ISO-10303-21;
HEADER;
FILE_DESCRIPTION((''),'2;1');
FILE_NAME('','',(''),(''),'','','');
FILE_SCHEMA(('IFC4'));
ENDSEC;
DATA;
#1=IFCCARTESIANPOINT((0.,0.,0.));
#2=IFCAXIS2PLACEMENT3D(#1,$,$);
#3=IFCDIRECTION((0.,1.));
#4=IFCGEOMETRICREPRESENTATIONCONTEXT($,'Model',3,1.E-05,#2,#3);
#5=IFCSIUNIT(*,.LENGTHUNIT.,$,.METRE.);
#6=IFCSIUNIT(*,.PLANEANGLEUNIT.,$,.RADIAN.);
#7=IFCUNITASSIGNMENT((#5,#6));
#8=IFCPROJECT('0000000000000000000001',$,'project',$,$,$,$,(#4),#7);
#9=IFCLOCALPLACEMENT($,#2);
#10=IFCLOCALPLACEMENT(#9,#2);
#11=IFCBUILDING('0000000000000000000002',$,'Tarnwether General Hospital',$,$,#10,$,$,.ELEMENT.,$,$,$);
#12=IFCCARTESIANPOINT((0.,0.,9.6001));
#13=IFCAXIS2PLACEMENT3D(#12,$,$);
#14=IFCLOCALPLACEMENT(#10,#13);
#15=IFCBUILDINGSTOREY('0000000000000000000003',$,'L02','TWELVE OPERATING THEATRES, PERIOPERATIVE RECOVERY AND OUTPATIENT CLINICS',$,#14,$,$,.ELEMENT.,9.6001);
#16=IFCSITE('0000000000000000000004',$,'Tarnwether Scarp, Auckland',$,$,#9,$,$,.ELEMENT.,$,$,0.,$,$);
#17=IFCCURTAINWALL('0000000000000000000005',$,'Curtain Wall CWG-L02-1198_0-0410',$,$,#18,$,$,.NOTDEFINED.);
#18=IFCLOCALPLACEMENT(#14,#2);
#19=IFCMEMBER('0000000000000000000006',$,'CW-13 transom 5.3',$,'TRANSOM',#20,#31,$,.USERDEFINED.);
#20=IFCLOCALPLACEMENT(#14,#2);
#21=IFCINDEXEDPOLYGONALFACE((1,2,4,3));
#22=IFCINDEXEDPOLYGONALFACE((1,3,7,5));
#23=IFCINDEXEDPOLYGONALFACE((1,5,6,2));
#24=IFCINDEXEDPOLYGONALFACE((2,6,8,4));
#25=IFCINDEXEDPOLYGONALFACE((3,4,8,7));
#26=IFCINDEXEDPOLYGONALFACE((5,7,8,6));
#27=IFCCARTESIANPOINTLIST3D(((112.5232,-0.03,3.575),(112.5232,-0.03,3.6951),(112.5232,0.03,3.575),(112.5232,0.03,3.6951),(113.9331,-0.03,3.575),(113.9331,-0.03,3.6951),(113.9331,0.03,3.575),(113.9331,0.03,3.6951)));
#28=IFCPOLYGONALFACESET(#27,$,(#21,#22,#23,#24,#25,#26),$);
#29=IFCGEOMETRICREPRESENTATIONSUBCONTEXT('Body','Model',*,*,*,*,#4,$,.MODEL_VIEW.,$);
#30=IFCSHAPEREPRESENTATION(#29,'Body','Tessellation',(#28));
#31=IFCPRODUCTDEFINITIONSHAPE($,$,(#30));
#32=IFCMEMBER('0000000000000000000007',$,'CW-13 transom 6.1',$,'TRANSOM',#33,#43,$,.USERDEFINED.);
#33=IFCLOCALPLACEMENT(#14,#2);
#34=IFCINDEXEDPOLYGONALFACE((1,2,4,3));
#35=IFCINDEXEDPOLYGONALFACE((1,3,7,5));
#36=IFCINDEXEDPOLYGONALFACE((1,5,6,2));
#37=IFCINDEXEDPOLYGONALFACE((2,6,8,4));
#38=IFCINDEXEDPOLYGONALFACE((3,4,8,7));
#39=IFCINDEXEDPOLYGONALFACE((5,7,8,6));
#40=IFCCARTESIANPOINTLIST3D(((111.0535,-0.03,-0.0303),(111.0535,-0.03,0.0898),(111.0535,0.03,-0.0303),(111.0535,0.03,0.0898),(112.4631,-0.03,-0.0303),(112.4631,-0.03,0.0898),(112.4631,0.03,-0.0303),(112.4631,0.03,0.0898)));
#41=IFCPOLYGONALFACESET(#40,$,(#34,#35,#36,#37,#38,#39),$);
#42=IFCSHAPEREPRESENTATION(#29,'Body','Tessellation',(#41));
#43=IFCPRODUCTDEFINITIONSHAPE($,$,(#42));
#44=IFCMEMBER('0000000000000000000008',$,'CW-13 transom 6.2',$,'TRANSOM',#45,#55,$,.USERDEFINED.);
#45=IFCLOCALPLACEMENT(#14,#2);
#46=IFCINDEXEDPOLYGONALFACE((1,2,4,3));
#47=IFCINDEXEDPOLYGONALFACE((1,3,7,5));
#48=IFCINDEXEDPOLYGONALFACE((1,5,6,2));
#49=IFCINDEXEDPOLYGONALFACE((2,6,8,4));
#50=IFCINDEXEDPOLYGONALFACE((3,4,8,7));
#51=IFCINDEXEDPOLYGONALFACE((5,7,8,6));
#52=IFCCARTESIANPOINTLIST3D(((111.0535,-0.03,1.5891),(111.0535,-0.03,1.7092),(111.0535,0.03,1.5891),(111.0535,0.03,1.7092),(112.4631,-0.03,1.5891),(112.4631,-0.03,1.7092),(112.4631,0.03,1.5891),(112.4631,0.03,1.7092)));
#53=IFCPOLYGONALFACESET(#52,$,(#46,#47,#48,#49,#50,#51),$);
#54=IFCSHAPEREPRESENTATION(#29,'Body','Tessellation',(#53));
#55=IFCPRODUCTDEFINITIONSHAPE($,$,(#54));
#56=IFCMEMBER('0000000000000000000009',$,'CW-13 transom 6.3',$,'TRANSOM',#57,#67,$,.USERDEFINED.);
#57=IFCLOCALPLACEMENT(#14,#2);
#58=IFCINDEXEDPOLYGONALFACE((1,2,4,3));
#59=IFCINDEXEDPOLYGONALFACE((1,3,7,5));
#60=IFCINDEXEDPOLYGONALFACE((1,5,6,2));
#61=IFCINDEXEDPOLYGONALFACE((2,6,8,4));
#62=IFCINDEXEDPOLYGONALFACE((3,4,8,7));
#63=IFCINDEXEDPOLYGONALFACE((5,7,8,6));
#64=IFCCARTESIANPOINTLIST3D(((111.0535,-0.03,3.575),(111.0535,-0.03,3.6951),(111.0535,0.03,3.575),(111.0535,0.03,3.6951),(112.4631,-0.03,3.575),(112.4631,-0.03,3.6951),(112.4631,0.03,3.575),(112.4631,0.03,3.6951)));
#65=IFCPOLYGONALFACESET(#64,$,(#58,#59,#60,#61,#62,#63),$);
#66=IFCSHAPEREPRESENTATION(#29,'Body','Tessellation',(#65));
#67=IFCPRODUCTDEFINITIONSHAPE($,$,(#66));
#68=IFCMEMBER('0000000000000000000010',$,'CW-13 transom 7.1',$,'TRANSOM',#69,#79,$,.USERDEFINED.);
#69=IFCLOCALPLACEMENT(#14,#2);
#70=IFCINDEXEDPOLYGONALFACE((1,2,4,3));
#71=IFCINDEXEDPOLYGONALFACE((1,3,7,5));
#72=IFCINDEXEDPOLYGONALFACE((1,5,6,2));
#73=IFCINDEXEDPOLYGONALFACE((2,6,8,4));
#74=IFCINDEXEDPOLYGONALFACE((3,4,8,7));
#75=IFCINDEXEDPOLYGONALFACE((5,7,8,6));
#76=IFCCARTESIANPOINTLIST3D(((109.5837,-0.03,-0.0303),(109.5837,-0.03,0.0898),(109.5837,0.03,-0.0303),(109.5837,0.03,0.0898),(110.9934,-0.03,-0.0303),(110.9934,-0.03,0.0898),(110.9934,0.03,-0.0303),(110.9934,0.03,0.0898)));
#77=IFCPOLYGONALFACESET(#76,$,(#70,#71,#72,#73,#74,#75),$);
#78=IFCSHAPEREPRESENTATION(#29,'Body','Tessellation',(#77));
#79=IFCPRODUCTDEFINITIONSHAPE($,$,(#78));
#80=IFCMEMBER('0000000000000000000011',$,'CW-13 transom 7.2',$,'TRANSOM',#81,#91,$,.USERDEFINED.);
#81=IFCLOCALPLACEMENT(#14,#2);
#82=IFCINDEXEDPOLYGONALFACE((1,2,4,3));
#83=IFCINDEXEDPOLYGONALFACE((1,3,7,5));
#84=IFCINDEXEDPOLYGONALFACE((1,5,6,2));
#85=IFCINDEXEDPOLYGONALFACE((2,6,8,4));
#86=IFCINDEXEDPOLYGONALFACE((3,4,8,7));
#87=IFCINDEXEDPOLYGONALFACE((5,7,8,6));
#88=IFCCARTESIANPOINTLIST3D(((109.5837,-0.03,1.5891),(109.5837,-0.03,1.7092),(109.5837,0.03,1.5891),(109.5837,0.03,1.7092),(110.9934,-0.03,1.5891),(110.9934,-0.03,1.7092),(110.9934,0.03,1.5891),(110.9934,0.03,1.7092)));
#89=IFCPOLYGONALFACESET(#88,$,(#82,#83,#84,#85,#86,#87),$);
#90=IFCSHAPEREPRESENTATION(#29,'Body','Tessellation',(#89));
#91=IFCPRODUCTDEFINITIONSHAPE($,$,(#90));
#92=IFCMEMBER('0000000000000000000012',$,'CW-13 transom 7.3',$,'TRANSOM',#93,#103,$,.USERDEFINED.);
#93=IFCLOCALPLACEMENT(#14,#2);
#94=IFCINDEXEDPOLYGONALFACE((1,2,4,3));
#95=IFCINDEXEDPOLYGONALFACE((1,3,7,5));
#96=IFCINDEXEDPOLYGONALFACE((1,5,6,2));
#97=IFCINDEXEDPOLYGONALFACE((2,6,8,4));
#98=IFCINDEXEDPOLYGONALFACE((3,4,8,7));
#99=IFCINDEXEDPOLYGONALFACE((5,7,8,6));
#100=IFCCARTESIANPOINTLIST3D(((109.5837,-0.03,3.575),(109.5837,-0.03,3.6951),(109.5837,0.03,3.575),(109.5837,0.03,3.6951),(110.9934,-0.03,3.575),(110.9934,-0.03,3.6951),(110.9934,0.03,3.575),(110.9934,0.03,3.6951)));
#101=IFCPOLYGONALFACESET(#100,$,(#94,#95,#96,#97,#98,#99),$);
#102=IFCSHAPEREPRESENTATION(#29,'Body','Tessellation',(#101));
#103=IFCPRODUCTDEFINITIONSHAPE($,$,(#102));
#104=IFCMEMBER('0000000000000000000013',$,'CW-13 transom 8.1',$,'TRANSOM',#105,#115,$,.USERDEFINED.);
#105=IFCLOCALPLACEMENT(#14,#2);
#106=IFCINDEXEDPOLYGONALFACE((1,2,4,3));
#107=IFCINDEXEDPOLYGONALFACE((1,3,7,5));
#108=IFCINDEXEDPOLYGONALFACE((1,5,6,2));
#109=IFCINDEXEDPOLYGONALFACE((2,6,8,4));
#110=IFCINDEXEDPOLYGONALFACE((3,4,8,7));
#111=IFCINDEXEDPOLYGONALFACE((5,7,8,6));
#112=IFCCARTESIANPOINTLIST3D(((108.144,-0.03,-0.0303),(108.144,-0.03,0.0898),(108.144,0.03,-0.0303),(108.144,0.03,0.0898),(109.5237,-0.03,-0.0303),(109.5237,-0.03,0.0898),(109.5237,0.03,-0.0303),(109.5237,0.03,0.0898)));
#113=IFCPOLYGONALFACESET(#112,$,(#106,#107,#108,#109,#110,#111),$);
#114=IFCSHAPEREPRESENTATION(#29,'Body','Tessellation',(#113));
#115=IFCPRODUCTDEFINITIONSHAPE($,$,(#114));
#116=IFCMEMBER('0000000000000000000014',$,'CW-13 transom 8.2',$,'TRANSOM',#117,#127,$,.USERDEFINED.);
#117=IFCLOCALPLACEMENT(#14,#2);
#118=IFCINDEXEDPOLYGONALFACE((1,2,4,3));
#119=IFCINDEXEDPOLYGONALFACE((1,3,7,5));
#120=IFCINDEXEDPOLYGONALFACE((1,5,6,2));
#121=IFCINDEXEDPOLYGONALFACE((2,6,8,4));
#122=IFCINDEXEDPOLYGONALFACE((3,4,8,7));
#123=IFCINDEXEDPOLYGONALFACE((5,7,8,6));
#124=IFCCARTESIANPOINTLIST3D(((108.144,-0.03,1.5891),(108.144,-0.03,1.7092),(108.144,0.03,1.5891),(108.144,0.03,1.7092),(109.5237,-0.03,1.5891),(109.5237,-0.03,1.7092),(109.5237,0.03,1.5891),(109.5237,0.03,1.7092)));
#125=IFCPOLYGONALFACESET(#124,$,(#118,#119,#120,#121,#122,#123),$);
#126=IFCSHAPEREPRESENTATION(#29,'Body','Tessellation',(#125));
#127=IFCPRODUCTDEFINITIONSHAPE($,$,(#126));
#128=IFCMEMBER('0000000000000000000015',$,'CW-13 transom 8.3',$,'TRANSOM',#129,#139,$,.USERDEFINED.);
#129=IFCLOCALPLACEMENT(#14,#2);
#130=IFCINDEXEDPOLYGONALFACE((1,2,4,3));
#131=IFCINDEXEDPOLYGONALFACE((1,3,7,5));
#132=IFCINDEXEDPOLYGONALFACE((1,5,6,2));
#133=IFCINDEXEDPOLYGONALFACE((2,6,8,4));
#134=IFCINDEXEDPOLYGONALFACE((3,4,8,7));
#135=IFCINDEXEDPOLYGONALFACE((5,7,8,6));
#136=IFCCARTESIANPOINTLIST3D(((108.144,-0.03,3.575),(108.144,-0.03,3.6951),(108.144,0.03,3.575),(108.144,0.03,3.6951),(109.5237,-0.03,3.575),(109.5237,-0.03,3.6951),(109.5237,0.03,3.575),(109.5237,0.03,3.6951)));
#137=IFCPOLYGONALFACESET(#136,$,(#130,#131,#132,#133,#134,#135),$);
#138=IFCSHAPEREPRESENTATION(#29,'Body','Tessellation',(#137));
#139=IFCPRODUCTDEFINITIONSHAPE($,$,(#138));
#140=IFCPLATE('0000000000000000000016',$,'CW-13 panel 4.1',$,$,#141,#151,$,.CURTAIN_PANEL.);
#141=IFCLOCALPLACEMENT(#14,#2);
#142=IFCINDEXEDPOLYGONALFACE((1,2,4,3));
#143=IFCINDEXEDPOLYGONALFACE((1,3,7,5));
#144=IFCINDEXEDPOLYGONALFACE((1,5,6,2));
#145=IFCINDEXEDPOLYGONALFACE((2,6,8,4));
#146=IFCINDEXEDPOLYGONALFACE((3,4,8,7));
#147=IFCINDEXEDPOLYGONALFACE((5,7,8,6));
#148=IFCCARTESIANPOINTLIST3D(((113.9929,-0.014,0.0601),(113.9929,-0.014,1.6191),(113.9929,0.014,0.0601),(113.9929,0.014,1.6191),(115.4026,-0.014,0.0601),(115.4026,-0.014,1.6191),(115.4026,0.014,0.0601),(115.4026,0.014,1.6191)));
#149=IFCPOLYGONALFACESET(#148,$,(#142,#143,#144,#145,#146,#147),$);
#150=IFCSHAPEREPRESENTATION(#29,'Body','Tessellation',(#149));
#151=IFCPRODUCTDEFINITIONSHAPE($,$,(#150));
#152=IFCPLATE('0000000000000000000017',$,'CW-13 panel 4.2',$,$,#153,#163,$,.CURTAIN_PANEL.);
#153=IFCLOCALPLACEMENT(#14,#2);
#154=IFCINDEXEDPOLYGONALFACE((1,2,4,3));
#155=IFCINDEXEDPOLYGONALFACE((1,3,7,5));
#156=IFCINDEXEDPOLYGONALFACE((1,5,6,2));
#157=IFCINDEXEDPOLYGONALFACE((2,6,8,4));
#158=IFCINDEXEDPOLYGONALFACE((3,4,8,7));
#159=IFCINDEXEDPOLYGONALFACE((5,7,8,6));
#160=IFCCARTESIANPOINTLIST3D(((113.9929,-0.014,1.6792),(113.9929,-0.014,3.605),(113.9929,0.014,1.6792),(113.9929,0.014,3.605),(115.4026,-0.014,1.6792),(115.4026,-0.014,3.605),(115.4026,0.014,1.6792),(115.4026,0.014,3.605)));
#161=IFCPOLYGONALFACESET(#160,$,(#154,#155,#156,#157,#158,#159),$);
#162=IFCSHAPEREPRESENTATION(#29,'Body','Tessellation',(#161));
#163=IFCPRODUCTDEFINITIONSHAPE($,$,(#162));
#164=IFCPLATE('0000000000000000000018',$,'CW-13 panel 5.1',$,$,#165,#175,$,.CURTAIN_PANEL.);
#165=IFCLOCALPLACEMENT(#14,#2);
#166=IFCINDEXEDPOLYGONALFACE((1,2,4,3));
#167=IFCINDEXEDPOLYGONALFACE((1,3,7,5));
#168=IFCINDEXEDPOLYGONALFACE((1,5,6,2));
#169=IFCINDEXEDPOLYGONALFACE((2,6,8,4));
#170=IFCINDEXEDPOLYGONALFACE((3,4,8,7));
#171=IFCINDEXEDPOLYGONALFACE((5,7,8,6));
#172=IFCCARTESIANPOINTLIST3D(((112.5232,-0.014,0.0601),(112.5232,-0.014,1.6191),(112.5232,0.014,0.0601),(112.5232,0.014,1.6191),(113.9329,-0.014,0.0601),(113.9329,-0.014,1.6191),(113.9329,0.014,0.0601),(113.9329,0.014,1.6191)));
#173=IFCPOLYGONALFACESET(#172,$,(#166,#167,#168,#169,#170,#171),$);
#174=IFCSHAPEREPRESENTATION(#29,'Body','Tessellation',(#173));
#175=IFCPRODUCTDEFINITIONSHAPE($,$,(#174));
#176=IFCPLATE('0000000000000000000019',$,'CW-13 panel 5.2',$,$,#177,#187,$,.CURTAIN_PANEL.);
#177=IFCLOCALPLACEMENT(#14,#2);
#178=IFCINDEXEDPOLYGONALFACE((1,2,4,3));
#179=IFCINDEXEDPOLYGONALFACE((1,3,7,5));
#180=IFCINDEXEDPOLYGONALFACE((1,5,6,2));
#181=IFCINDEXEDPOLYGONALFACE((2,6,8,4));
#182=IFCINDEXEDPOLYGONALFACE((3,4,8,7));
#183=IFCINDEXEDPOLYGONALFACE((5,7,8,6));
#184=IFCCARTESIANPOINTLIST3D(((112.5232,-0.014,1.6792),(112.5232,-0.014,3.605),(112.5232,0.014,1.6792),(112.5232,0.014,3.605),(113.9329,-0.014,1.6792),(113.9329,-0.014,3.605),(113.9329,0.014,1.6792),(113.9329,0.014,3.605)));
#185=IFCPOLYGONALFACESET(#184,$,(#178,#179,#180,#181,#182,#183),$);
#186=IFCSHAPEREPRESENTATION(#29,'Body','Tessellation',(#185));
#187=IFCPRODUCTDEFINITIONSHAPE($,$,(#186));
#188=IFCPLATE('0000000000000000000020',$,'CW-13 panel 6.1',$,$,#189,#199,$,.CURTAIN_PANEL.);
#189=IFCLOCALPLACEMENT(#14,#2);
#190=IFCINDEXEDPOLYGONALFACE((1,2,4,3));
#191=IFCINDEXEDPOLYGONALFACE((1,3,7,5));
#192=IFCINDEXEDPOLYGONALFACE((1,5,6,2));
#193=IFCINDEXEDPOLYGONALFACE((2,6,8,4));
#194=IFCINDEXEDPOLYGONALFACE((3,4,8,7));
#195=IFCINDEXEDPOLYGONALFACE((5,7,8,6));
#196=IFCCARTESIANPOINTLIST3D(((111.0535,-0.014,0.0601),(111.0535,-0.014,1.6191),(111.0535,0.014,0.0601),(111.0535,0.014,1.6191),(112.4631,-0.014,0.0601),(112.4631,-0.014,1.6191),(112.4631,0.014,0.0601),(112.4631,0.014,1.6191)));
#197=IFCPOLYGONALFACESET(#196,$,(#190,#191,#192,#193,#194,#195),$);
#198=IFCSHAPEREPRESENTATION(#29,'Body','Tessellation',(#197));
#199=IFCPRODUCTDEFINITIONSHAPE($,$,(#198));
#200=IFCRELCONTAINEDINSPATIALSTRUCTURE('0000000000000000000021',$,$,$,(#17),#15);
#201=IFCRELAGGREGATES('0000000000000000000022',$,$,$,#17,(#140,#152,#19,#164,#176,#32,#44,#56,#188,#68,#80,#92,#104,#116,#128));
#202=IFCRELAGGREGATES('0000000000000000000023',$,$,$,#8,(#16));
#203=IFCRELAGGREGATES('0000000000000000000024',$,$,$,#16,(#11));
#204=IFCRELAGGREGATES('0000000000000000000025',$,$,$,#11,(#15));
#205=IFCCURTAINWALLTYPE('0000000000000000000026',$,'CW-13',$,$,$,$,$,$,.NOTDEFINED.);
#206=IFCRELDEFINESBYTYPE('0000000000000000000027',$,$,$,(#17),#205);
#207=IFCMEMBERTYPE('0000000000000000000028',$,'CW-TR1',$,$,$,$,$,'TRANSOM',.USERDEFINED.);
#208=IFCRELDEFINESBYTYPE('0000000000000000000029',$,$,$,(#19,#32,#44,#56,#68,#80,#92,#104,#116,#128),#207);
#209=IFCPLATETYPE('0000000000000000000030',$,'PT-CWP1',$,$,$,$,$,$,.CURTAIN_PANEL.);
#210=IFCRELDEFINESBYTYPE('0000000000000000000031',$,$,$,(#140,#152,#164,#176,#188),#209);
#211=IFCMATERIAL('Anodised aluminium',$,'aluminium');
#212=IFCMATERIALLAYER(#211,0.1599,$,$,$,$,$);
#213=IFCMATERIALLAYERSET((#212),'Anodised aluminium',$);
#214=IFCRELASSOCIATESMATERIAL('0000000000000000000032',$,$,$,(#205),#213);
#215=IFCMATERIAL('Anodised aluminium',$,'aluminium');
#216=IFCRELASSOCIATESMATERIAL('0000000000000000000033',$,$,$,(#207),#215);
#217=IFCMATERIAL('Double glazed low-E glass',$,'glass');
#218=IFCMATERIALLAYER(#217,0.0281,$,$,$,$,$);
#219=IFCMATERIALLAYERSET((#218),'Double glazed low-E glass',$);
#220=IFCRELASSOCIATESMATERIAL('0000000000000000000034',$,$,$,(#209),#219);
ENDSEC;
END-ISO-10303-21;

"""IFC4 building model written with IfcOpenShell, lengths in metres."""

from ifc_helpers import new_model, si_unit, direction, frame, origin, origin_2d, place, context, subcontext, project, spatial, rectangle, extrude, material, layer, layer_set, material_profile, profile_set, type_object, element, aggregate, save


model = new_model("IFC4")

# Units and contexts
model_context = context("Model", 3, precision=1e-05, world=origin(), true_north=direction((0.0, 1.0)))
body_context = subcontext(model_context, "Body", "Model", "MODEL_VIEW")
ifc_project = project(units=[si_unit("LENGTHUNIT", "METRE"), si_unit("PLANEANGLEUNIT", "RADIAN")], contexts=[model_context])

# Site, building, storey
site_placement = place(None, origin())
site = spatial("IfcSite", under=ifc_project, at=site_placement, Name="Tarnwether Scarp, Auckland", CompositionType="ELEMENT", RefElevation=0.0)
building_placement = place(site_placement, origin())
building = spatial("IfcBuilding", under=site, at=building_placement, Name="Tarnwether General Hospital", CompositionType="ELEMENT")
storey_placement = place(building_placement, frame((0.0, 0.0, 9.6001)))
storey = spatial("IfcBuildingStorey", under=building, at=storey_placement, Name="L02", Description="TWELVE OPERATING THEATRES, PERIOPERATIVE RECOVERY AND OUTPATIENT CLINICS", CompositionType="ELEMENT", Elevation=9.6001)

# Curtain wall, members, plates
ifc_material_1 = material(Name="Anodised aluminium", Category="aluminium")
ifc_layer_1 = layer(ifc_material_1, 0.1599)
ifc_layer_set_1 = layer_set([ifc_layer_1], Name="Anodised aluminium")
curtain_wall_type = type_object("IfcCurtainWallType", Name="CW-13", PredefinedType="NOTDEFINED", material=ifc_layer_set_1)
curtain_wall_placement = place(storey_placement, origin())
curtain_wall = element("IfcCurtainWall", 1, at=curtain_wall_placement, inside=storey, type_object=curtain_wall_type, Name="Curtain Wall CWG-L02-1198_0-0410", PredefinedType="NOTDEFINED")
ifc_material_2 = material(Name="Anodised aluminium", Category="aluminium")
ifc_material_profile_1 = material_profile(ifc_material_2, rectangle(XDim=0.0601, YDim=0.1201, at=origin_2d()), Name="ALU-TRN-60x120")
ifc_profile_set_1 = profile_set([ifc_material_profile_1], Name="Anodised aluminium")
member_type_1 = type_object("IfcMemberType", Name="CW-TR1", ElementType="TRANSOM", PredefinedType="USERDEFINED", material=ifc_profile_set_1)
member_1_placement = place(storey_placement, frame((113.9331, 0.0, 3.635), z_axis=(-1.0, 0.0, 0.0), x_axis=(0.0, -1.0, 0.0)))
member_1 = element("IfcMember", 2, at=member_1_placement, type_object=member_type_1, Name="CW-13 transom 5.3", ObjectType="TRANSOM", PredefinedType="USERDEFINED", context=body_context, shape_type="SweptSolid", body=[
    extrude(rectangle(XDim=0.0601, YDim=0.1201, at=origin_2d()), origin(), (0.0, 0.0, 1.0), 1.4099),
])
member_2_placement = place(storey_placement, frame((112.4631, 0.0, 0.0298), z_axis=(-1.0, 0.0, 0.0), x_axis=(0.0, -1.0, 0.0)))
member_2 = element("IfcMember", 3, at=member_2_placement, type_object=member_type_1, Name="CW-13 transom 6.1", ObjectType="TRANSOM", PredefinedType="USERDEFINED", context=body_context, shape_type="SweptSolid", body=[
    extrude(rectangle(XDim=0.0601, YDim=0.1201, at=origin_2d()), origin(), (0.0, 0.0, 1.0), 1.4097),
])
member_3_placement = place(storey_placement, frame((112.4631, 0.0, 1.6492), z_axis=(-1.0, 0.0, 0.0), x_axis=(0.0, -1.0, 0.0)))
member_3 = element("IfcMember", 4, at=member_3_placement, type_object=member_type_1, Name="CW-13 transom 6.2", ObjectType="TRANSOM", PredefinedType="USERDEFINED", context=body_context, shape_type="SweptSolid", body=[
    extrude(rectangle(XDim=0.0601, YDim=0.1201, at=origin_2d()), origin(), (0.0, 0.0, 1.0), 1.4097),
])
member_4_placement = place(storey_placement, frame((112.4631, 0.0, 3.635), z_axis=(-1.0, 0.0, 0.0), x_axis=(0.0, -1.0, 0.0)))
member_4 = element("IfcMember", 5, at=member_4_placement, type_object=member_type_1, Name="CW-13 transom 6.3", ObjectType="TRANSOM", PredefinedType="USERDEFINED", context=body_context, shape_type="SweptSolid", body=[
    extrude(rectangle(XDim=0.0601, YDim=0.1201, at=origin_2d()), origin(), (0.0, 0.0, 1.0), 1.4097),
])
member_5_placement = place(storey_placement, frame((110.9934, 0.0, 0.0298), z_axis=(-1.0, 0.0, 0.0), x_axis=(0.0, -1.0, 0.0)))
member_5 = element("IfcMember", 6, at=member_5_placement, type_object=member_type_1, Name="CW-13 transom 7.1", ObjectType="TRANSOM", PredefinedType="USERDEFINED", context=body_context, shape_type="SweptSolid", body=[
    extrude(rectangle(XDim=0.0601, YDim=0.1201, at=origin_2d()), origin(), (0.0, 0.0, 1.0), 1.4097),
])
member_6_placement = place(storey_placement, frame((110.9934, 0.0, 1.6492), z_axis=(-1.0, 0.0, 0.0), x_axis=(0.0, -1.0, 0.0)))
member_6 = element("IfcMember", 7, at=member_6_placement, type_object=member_type_1, Name="CW-13 transom 7.2", ObjectType="TRANSOM", PredefinedType="USERDEFINED", context=body_context, shape_type="SweptSolid", body=[
    extrude(rectangle(XDim=0.0601, YDim=0.1201, at=origin_2d()), origin(), (0.0, 0.0, 1.0), 1.4097),
])
member_7_placement = place(storey_placement, frame((110.9934, 0.0, 3.635), z_axis=(-1.0, 0.0, 0.0), x_axis=(0.0, -1.0, 0.0)))
member_7 = element("IfcMember", 8, at=member_7_placement, type_object=member_type_1, Name="CW-13 transom 7.3", ObjectType="TRANSOM", PredefinedType="USERDEFINED", context=body_context, shape_type="SweptSolid", body=[
    extrude(rectangle(XDim=0.0601, YDim=0.1201, at=origin_2d()), origin(), (0.0, 0.0, 1.0), 1.4097),
])
member_8_placement = place(storey_placement, frame((109.5237, 0.0, 0.0298), z_axis=(-1.0, 0.0, 0.0), x_axis=(0.0, -1.0, 0.0)))
member_8 = element("IfcMember", 9, at=member_8_placement, type_object=member_type_1, Name="CW-13 transom 8.1", ObjectType="TRANSOM", PredefinedType="USERDEFINED", context=body_context, shape_type="SweptSolid", body=[
    extrude(rectangle(XDim=0.0601, YDim=0.1201, at=origin_2d()), origin(), (0.0, 0.0, 1.0), 1.3796),
])
member_9_placement = place(storey_placement, frame((109.5237, 0.0, 1.6492), z_axis=(-1.0, 0.0, 0.0), x_axis=(0.0, -1.0, 0.0)))
member_9 = element("IfcMember", 10, at=member_9_placement, type_object=member_type_1, Name="CW-13 transom 8.2", ObjectType="TRANSOM", PredefinedType="USERDEFINED", context=body_context, shape_type="SweptSolid", body=[
    extrude(rectangle(XDim=0.0601, YDim=0.1201, at=origin_2d()), origin(), (0.0, 0.0, 1.0), 1.3796),
])
member_10_placement = place(storey_placement, frame((109.5237, 0.0, 3.635), z_axis=(-1.0, 0.0, 0.0), x_axis=(0.0, -1.0, 0.0)))
member_10 = element("IfcMember", 11, at=member_10_placement, type_object=member_type_1, Name="CW-13 transom 8.3", ObjectType="TRANSOM", PredefinedType="USERDEFINED", context=body_context, shape_type="SweptSolid", body=[
    extrude(rectangle(XDim=0.0601, YDim=0.1201, at=origin_2d()), origin(), (0.0, 0.0, 1.0), 1.3796),
])
ifc_material_3 = material(Name="Double glazed low-E glass", Category="glass")
ifc_layer_2 = layer(ifc_material_3, 0.0281)
ifc_layer_set_2 = layer_set([ifc_layer_2], Name="Double glazed low-E glass")
plate_type_1 = type_object("IfcPlateType", Name="PT-CWP1", PredefinedType="CURTAIN_PANEL", material=ifc_layer_set_2)
plate_1_placement = place(storey_placement, frame((114.6978, 0.0, 0.0601), z_axis=(0.0, 0.0, 1.0), x_axis=(-1.0, 0.0, 0.0)))
plate_1 = element("IfcPlate", 12, at=plate_1_placement, type_object=plate_type_1, Name="CW-13 panel 4.1", PredefinedType="CURTAIN_PANEL", context=body_context, shape_type="SweptSolid", body=[
    extrude(rectangle(XDim=1.4097, YDim=0.0281, at=origin_2d()), origin(), (0.0, 0.0, 1.0), 1.5591),
])
plate_2_placement = place(storey_placement, frame((114.6978, 0.0, 1.6792), z_axis=(0.0, 0.0, 1.0), x_axis=(-1.0, 0.0, 0.0)))
plate_2 = element("IfcPlate", 13, at=plate_2_placement, type_object=plate_type_1, Name="CW-13 panel 4.2", PredefinedType="CURTAIN_PANEL", context=body_context, shape_type="SweptSolid", body=[
    extrude(rectangle(XDim=1.4097, YDim=0.0281, at=origin_2d()), origin(), (0.0, 0.0, 1.0), 1.9258),
])
plate_3_placement = place(storey_placement, frame((113.228, 0.0, 0.0601), z_axis=(0.0, 0.0, 1.0), x_axis=(-1.0, 0.0, 0.0)))
plate_3 = element("IfcPlate", 14, at=plate_3_placement, type_object=plate_type_1, Name="CW-13 panel 5.1", PredefinedType="CURTAIN_PANEL", context=body_context, shape_type="SweptSolid", body=[
    extrude(rectangle(XDim=1.4097, YDim=0.0281, at=origin_2d()), origin(), (0.0, 0.0, 1.0), 1.5591),
])
plate_4_placement = place(storey_placement, frame((113.228, 0.0, 1.6792), z_axis=(0.0, 0.0, 1.0), x_axis=(-1.0, 0.0, 0.0)))
plate_4 = element("IfcPlate", 15, at=plate_4_placement, type_object=plate_type_1, Name="CW-13 panel 5.2", PredefinedType="CURTAIN_PANEL", context=body_context, shape_type="SweptSolid", body=[
    extrude(rectangle(XDim=1.4097, YDim=0.0281, at=origin_2d()), origin(), (0.0, 0.0, 1.0), 1.9258),
])
plate_5_placement = place(storey_placement, frame((111.7583, 0.0, 0.0601), z_axis=(0.0, 0.0, 1.0), x_axis=(-1.0, 0.0, 0.0)))
plate_5 = element("IfcPlate", 16, at=plate_5_placement, type_object=plate_type_1, Name="CW-13 panel 6.1", PredefinedType="CURTAIN_PANEL", context=body_context, shape_type="SweptSolid", body=[
    extrude(rectangle(XDim=1.4097, YDim=0.0281, at=origin_2d()), origin(), (0.0, 0.0, 1.0), 1.5591),
])
aggregate(curtain_wall, [plate_1, plate_2, member_1, plate_3, plate_4, member_2, member_3, member_4, plate_5, member_5, member_6, member_7, member_8, member_9, member_10])

save(model, "model.ifc")
